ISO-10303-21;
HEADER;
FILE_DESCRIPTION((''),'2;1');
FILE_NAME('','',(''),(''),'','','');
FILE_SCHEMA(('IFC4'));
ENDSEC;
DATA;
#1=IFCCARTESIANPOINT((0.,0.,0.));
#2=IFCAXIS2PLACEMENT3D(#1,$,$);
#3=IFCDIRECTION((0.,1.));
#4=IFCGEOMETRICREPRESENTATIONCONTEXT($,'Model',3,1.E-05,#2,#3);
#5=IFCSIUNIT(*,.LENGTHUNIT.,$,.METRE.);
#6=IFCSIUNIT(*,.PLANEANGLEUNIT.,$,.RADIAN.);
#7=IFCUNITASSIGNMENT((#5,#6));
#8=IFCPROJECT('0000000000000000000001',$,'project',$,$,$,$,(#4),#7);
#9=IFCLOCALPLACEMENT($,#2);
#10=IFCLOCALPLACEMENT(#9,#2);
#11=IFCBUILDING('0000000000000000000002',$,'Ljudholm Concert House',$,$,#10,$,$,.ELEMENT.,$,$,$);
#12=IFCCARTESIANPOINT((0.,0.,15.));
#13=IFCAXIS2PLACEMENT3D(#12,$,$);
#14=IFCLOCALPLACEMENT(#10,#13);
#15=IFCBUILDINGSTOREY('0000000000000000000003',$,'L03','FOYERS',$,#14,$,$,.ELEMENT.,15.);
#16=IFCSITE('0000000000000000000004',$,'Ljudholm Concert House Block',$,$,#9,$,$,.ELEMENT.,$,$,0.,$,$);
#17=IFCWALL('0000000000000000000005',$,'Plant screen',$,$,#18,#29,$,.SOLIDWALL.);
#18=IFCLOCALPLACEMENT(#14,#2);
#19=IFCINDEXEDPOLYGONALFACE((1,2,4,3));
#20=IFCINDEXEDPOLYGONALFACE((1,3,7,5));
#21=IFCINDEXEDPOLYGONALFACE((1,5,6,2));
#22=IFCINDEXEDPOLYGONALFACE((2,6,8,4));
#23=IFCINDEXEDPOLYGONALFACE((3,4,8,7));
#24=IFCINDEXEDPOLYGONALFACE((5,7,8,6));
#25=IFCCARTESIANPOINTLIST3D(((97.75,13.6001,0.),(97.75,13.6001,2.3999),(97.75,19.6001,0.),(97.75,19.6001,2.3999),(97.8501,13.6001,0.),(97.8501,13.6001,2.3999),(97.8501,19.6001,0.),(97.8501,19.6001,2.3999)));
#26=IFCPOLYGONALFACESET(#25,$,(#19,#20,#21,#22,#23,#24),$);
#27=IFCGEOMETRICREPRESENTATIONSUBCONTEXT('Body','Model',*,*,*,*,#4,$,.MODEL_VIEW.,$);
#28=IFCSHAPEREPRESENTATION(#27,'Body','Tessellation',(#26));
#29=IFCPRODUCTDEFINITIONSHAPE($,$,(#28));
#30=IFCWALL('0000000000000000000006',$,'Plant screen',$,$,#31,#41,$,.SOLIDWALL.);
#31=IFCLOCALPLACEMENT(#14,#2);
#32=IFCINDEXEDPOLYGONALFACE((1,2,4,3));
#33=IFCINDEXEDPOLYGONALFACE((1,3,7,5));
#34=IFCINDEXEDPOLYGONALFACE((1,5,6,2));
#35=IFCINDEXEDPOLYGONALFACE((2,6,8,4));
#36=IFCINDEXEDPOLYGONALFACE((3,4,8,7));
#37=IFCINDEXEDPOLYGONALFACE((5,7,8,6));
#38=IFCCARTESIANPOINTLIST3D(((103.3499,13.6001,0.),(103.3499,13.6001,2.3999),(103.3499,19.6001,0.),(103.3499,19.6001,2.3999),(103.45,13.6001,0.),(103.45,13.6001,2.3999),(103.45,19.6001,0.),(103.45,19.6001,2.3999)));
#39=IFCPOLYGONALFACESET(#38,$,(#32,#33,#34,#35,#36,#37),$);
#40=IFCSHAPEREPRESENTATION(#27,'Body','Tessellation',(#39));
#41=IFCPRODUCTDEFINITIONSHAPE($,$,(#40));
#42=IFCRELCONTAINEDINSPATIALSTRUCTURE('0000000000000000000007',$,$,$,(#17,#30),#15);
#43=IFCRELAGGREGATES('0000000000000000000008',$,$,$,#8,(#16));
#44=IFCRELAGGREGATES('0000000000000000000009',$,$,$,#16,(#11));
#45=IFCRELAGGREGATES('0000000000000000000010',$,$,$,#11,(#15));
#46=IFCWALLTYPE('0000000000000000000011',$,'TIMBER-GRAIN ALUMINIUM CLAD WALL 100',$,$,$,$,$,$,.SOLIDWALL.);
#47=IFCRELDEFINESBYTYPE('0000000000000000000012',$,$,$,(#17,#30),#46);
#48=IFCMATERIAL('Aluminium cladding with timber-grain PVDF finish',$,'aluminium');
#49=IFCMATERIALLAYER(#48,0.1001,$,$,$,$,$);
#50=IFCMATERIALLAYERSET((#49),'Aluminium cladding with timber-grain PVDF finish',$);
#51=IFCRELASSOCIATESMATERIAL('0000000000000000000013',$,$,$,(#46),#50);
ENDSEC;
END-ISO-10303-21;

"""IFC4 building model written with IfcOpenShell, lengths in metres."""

from ifc_helpers import new_model, si_unit, direction, frame, frame_2d, origin, place, context, subcontext, project, spatial, rectangle, extrude, material, layer, layer_set, type_object, element, save


model = new_model("IFC4")

# Units and contexts
model_context = context("Model", 3, precision=1e-05, world=origin(), true_north=direction((0.0, 1.0)))
body_context = subcontext(model_context, "Body", "Model", "MODEL_VIEW")
ifc_project = project(units=[si_unit("LENGTHUNIT", "METRE"), si_unit("PLANEANGLEUNIT", "RADIAN")], contexts=[model_context])

# Site, building, storey
site_placement = place(None, origin())
site = spatial("IfcSite", under=ifc_project, at=site_placement, Name="Ljudholm Concert House Block", CompositionType="ELEMENT", RefElevation=0.0)
building_placement = place(site_placement, origin())
building = spatial("IfcBuilding", under=site, at=building_placement, Name="Ljudholm Concert House", CompositionType="ELEMENT")
storey_placement = place(building_placement, frame((0.0, 0.0, 15.0)))
storey = spatial("IfcBuildingStorey", under=building, at=storey_placement, Name="L03", Description="FOYERS", CompositionType="ELEMENT", Elevation=15.0)

# Shared definitions
ifc_material_1 = material(Name="Aluminium cladding with timber-grain PVDF finish", Category="aluminium")
ifc_layer_1 = layer(ifc_material_1, 0.1001)
ifc_layer_set_1 = layer_set([ifc_layer_1], Name="Aluminium cladding with timber-grain PVDF finish")
wall_type_1 = type_object("IfcWallType", Name="TIMBER-GRAIN ALUMINIUM CLAD WALL 100", PredefinedType="SOLIDWALL", material=ifc_layer_set_1)

# Walls
for number, where, z_axis, x_axis, name in (
    (1, (97.8, 13.6001, 0.0), (0.0, 0.0, 1.0), (0.0, 1.0, 0.0), "Plant screen"),
    (2, (103.3999, 13.6001, 0.0), (0.0, 0.0, 1.0), (0.0, 1.0, 0.0), "Plant screen"),
):
    element("IfcWall", number, at=place(storey_placement, frame(where, z_axis=z_axis, x_axis=x_axis)), inside=storey, type_object=wall_type_1, Name=name, PredefinedType="SOLIDWALL", context=body_context, shape_type="SweptSolid", body=[
        extrude(rectangle(XDim=6.0, YDim=0.1001, at=frame_2d((3.0, 0.0))), origin(), (0.0, 0.0, 1.0), 2.3999),
    ])

save(model, "model.ifc")
